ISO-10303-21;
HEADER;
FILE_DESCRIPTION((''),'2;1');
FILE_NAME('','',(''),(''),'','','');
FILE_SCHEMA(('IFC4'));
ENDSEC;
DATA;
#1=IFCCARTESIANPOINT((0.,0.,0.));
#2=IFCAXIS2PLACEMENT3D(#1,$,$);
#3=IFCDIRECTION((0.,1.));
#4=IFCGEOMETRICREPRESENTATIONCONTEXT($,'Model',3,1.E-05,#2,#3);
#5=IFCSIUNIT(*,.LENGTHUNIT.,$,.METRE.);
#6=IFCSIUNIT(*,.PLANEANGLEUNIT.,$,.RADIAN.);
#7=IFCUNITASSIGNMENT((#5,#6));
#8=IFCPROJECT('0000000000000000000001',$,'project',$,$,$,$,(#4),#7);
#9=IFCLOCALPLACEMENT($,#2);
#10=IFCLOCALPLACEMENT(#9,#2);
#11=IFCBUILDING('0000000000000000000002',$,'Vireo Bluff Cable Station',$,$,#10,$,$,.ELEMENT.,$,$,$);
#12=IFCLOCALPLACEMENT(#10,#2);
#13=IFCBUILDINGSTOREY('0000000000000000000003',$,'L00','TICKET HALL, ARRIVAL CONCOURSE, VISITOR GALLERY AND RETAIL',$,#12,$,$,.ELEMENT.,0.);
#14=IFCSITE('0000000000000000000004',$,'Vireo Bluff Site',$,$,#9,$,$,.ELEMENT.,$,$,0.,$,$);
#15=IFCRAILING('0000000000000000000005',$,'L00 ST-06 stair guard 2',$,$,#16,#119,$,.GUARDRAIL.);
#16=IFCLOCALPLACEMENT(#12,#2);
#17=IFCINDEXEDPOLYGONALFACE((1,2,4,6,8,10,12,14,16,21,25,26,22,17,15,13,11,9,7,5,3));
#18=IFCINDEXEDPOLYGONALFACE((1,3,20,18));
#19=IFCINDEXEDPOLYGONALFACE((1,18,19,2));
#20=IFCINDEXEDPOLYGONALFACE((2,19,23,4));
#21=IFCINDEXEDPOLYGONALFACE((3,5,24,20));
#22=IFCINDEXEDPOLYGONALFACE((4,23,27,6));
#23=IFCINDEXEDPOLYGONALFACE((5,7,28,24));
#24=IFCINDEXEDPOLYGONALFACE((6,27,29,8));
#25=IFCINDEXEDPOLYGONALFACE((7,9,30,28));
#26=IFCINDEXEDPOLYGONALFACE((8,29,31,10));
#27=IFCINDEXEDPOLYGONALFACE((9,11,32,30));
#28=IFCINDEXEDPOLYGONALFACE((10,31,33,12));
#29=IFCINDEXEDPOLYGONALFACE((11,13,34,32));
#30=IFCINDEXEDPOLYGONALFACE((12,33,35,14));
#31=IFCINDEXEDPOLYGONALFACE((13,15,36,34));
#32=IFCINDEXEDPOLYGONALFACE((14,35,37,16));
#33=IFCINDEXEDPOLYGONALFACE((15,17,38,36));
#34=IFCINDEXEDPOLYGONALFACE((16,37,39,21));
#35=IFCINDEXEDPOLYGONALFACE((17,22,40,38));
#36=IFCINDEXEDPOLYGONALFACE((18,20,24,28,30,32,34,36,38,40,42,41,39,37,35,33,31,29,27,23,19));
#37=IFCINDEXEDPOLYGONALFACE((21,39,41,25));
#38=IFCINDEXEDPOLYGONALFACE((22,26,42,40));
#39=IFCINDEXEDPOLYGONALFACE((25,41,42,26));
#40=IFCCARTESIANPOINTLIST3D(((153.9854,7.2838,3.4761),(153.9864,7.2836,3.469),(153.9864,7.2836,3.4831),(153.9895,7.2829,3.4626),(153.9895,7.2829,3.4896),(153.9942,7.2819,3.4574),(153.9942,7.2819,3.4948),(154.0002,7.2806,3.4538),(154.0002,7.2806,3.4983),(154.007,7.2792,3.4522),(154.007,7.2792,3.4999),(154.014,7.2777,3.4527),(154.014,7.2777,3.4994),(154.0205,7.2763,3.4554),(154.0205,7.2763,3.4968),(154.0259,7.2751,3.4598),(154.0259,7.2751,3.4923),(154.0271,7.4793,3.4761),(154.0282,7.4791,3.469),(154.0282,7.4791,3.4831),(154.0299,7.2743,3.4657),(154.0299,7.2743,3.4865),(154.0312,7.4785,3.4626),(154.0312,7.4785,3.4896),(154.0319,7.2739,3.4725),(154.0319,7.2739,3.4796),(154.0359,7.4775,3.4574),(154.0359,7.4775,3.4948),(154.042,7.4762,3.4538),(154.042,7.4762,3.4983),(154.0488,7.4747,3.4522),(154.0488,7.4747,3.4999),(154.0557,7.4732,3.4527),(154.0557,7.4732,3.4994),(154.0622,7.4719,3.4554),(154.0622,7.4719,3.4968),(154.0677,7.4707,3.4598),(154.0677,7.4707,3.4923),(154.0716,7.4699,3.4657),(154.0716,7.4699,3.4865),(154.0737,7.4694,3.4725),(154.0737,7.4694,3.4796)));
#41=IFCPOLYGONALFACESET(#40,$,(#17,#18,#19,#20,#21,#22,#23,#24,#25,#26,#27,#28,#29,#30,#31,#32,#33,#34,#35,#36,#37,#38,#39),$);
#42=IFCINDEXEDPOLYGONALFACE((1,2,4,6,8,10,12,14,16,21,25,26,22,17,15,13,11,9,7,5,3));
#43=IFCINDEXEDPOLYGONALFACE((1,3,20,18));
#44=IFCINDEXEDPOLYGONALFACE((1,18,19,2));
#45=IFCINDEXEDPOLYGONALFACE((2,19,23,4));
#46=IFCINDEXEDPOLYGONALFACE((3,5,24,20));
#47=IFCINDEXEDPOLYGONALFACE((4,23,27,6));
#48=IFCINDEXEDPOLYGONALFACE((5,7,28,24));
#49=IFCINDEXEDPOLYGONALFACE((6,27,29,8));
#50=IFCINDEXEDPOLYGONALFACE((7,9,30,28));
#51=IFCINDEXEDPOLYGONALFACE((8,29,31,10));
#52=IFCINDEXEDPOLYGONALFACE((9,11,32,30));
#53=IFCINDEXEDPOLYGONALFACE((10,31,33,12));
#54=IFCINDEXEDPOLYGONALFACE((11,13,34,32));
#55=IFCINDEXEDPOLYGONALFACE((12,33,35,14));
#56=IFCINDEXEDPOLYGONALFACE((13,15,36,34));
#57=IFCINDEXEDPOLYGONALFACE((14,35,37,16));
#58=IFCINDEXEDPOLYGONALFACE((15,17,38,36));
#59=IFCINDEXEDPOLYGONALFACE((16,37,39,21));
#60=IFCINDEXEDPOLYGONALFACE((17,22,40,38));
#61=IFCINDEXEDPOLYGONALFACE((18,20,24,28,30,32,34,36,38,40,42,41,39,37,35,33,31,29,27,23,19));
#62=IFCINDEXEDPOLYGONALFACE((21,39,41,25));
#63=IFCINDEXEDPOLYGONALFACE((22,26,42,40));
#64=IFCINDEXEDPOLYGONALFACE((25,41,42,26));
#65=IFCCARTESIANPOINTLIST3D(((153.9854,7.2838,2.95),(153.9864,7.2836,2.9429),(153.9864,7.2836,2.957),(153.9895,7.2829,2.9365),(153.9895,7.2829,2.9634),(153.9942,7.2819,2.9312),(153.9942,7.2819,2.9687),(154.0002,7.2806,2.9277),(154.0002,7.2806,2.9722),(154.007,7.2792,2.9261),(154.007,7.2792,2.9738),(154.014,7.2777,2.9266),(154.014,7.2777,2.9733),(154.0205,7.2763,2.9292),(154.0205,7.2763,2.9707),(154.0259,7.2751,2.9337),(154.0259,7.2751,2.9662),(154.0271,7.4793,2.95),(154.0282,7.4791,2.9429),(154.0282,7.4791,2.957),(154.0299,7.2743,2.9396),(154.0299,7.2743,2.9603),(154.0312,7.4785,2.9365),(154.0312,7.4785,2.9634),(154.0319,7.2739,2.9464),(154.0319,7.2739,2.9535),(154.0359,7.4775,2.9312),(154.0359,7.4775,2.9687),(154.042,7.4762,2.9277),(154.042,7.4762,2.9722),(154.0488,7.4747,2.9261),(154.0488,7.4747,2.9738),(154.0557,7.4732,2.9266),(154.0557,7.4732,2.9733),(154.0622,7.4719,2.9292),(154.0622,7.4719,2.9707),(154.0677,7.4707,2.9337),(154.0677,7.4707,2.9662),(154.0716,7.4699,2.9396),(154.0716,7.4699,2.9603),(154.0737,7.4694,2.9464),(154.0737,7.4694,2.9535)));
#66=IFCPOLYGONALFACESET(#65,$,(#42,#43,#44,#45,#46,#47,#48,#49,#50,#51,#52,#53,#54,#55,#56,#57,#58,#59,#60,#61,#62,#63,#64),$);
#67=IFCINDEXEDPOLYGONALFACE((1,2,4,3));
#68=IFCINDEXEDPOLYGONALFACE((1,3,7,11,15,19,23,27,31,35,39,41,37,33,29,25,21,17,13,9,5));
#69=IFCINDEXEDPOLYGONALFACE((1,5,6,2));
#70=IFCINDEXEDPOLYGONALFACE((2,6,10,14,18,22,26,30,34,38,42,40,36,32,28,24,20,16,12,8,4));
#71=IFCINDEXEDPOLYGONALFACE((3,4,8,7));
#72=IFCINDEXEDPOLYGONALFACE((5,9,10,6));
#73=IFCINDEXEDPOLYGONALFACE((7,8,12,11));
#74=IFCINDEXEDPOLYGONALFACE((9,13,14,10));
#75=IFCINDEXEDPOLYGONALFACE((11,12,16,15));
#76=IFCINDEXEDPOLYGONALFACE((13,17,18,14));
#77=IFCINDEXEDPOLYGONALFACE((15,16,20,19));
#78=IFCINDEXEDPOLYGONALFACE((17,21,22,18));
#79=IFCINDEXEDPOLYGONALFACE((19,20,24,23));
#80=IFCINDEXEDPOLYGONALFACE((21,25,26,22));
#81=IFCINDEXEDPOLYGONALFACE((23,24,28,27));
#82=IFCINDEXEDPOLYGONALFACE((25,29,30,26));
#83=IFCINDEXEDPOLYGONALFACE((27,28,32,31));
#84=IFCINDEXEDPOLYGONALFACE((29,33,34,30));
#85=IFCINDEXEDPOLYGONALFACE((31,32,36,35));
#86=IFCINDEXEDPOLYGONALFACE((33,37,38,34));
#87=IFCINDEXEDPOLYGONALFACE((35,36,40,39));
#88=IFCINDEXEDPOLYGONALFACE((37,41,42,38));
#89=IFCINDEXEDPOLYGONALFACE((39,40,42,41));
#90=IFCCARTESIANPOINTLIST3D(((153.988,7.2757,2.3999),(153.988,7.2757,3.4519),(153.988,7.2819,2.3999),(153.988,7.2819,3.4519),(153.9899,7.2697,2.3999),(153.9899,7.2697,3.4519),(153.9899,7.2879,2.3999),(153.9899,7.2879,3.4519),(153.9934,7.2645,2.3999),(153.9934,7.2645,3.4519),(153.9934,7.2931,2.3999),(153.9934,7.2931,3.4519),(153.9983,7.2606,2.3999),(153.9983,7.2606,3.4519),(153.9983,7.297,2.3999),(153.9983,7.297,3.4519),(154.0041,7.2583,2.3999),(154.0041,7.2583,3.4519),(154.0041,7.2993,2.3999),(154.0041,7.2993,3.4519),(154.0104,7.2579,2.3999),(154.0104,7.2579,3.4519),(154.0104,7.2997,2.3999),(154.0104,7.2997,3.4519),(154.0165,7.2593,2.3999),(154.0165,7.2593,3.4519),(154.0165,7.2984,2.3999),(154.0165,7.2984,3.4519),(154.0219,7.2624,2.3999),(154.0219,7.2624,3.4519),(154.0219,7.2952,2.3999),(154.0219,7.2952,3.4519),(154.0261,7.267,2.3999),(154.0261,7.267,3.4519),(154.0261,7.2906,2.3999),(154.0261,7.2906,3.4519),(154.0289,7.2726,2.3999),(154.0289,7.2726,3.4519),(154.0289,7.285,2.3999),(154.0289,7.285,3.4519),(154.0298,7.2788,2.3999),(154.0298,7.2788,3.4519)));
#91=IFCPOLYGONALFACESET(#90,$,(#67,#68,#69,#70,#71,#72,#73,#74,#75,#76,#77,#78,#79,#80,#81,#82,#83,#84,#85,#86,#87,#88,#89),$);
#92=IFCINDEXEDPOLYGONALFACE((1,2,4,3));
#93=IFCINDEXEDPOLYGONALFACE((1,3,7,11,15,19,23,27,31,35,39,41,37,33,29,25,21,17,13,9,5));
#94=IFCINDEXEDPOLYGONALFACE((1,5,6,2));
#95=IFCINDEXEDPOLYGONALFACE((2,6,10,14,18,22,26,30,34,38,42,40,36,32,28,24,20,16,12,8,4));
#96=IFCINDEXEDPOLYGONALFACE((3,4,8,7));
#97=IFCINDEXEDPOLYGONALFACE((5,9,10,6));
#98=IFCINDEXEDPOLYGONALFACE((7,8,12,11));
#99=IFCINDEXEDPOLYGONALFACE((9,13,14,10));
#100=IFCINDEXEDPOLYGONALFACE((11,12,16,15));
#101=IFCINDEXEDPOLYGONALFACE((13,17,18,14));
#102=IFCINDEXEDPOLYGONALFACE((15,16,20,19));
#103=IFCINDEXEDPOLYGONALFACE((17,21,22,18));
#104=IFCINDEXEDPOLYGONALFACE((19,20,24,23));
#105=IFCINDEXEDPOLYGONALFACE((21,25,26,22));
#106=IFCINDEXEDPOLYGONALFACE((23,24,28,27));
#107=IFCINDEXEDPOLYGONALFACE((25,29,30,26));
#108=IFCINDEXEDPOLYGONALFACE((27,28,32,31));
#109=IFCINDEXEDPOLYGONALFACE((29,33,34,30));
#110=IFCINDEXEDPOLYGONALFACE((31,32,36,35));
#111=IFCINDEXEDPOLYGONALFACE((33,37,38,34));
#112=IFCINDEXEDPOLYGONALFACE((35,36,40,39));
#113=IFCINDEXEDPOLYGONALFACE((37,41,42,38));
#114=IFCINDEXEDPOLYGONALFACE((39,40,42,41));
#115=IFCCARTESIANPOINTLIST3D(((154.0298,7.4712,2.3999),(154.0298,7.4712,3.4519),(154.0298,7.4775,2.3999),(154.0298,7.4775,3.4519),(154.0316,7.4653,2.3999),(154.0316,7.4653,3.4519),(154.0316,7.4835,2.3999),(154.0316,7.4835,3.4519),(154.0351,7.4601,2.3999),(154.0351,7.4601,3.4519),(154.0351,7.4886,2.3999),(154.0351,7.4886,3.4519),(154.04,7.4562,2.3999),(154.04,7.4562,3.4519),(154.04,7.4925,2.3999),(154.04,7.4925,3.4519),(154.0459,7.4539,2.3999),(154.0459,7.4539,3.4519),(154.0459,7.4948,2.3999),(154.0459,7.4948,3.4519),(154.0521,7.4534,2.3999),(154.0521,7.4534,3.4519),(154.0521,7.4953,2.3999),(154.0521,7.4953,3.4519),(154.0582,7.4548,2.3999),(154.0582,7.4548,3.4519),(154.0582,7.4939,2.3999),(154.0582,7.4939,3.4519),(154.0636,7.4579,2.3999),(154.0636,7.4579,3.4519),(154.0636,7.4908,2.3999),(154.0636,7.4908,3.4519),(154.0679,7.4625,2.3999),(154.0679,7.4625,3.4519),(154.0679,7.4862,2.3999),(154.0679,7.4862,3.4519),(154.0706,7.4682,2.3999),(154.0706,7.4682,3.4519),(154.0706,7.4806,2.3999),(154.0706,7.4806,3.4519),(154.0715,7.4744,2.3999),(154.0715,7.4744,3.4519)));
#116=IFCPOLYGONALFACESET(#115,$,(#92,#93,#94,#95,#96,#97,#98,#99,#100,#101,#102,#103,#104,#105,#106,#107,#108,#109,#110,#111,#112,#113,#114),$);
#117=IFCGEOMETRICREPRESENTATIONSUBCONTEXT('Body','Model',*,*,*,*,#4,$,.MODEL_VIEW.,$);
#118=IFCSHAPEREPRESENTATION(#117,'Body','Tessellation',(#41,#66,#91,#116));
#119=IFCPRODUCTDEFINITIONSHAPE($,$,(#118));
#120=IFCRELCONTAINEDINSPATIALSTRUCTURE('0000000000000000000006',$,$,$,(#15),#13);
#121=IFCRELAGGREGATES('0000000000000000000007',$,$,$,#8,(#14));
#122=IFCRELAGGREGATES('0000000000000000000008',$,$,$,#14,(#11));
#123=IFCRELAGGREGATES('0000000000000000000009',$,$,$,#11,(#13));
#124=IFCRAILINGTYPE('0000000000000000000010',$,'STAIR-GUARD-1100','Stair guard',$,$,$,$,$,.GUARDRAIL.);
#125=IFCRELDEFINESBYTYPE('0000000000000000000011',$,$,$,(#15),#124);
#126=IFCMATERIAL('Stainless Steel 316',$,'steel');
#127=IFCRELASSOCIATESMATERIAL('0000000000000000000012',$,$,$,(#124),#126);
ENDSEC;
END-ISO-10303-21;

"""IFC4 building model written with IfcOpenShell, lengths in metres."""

from ifc_helpers import new_model, si_unit, direction, frame, origin, origin_2d, place, context, subcontext, project, spatial, circle, extrude, material, type_object, element, save


model = new_model("IFC4")

# Units and contexts
model_context = context("Model", 3, precision=1e-05, world=origin(), true_north=direction((0.0, 1.0)))
body_context = subcontext(model_context, "Body", "Model", "MODEL_VIEW")
ifc_project = project(units=[si_unit("LENGTHUNIT", "METRE"), si_unit("PLANEANGLEUNIT", "RADIAN")], contexts=[model_context])

# Site, building, storey
site_placement = place(None, origin())
site = spatial("IfcSite", under=ifc_project, at=site_placement, Name="Vireo Bluff Site", CompositionType="ELEMENT", RefElevation=0.0)
building_placement = place(site_placement, origin())
building = spatial("IfcBuilding", under=site, at=building_placement, Name="Vireo Bluff Cable Station", CompositionType="ELEMENT")
storey_placement = place(building_placement, origin())
storey = spatial("IfcBuildingStorey", under=building, at=storey_placement, Name="L00", Description="TICKET HALL, ARRIVAL CONCOURSE, VISITOR GALLERY AND RETAIL", CompositionType="ELEMENT", Elevation=0.0)

# Railing
ifc_material_1 = material(Name="Stainless Steel 316", Category="steel")
railing_type_1 = type_object("IfcRailingType", Name="STAIR-GUARD-1100", Description="Stair guard", PredefinedType="GUARDRAIL", material=ifc_material_1)
railing_1_placement = place(storey_placement, frame((154.0088, 7.2788, 2.3999)))
element("IfcRailing", 1, at=railing_1_placement, inside=storey, type_object=railing_type_1, Name="L00 ST-06 stair guard 2", PredefinedType="GUARDRAIL", context=body_context, shape_type="SweptSolid", body=[
    extrude(circle(Radius=0.0239, at=origin_2d()), frame((0.0, 0.0, 1.0762), z_axis=(0.208779, 0.977963, 0.0), x_axis=(-0.977963, 0.208779, 0.0)), (0.0, 0.0, 1.0), 0.2),
    extrude(circle(Radius=0.0239, at=origin_2d()), frame((0.0, 0.0, 0.55), z_axis=(0.208779, 0.977963, 0.0), x_axis=(-0.977963, 0.208779, 0.0)), (0.0, 0.0, 1.0), 0.2),
    extrude(circle(Radius=0.021, at=origin_2d()), origin(), (0.0, 0.0, 1.0), 1.052),
    extrude(circle(Radius=0.021, at=origin_2d()), frame((0.0417, 0.1956, 0.0)), (0.0, 0.0, 1.0), 1.052),
])

save(model, "model.ifc")
